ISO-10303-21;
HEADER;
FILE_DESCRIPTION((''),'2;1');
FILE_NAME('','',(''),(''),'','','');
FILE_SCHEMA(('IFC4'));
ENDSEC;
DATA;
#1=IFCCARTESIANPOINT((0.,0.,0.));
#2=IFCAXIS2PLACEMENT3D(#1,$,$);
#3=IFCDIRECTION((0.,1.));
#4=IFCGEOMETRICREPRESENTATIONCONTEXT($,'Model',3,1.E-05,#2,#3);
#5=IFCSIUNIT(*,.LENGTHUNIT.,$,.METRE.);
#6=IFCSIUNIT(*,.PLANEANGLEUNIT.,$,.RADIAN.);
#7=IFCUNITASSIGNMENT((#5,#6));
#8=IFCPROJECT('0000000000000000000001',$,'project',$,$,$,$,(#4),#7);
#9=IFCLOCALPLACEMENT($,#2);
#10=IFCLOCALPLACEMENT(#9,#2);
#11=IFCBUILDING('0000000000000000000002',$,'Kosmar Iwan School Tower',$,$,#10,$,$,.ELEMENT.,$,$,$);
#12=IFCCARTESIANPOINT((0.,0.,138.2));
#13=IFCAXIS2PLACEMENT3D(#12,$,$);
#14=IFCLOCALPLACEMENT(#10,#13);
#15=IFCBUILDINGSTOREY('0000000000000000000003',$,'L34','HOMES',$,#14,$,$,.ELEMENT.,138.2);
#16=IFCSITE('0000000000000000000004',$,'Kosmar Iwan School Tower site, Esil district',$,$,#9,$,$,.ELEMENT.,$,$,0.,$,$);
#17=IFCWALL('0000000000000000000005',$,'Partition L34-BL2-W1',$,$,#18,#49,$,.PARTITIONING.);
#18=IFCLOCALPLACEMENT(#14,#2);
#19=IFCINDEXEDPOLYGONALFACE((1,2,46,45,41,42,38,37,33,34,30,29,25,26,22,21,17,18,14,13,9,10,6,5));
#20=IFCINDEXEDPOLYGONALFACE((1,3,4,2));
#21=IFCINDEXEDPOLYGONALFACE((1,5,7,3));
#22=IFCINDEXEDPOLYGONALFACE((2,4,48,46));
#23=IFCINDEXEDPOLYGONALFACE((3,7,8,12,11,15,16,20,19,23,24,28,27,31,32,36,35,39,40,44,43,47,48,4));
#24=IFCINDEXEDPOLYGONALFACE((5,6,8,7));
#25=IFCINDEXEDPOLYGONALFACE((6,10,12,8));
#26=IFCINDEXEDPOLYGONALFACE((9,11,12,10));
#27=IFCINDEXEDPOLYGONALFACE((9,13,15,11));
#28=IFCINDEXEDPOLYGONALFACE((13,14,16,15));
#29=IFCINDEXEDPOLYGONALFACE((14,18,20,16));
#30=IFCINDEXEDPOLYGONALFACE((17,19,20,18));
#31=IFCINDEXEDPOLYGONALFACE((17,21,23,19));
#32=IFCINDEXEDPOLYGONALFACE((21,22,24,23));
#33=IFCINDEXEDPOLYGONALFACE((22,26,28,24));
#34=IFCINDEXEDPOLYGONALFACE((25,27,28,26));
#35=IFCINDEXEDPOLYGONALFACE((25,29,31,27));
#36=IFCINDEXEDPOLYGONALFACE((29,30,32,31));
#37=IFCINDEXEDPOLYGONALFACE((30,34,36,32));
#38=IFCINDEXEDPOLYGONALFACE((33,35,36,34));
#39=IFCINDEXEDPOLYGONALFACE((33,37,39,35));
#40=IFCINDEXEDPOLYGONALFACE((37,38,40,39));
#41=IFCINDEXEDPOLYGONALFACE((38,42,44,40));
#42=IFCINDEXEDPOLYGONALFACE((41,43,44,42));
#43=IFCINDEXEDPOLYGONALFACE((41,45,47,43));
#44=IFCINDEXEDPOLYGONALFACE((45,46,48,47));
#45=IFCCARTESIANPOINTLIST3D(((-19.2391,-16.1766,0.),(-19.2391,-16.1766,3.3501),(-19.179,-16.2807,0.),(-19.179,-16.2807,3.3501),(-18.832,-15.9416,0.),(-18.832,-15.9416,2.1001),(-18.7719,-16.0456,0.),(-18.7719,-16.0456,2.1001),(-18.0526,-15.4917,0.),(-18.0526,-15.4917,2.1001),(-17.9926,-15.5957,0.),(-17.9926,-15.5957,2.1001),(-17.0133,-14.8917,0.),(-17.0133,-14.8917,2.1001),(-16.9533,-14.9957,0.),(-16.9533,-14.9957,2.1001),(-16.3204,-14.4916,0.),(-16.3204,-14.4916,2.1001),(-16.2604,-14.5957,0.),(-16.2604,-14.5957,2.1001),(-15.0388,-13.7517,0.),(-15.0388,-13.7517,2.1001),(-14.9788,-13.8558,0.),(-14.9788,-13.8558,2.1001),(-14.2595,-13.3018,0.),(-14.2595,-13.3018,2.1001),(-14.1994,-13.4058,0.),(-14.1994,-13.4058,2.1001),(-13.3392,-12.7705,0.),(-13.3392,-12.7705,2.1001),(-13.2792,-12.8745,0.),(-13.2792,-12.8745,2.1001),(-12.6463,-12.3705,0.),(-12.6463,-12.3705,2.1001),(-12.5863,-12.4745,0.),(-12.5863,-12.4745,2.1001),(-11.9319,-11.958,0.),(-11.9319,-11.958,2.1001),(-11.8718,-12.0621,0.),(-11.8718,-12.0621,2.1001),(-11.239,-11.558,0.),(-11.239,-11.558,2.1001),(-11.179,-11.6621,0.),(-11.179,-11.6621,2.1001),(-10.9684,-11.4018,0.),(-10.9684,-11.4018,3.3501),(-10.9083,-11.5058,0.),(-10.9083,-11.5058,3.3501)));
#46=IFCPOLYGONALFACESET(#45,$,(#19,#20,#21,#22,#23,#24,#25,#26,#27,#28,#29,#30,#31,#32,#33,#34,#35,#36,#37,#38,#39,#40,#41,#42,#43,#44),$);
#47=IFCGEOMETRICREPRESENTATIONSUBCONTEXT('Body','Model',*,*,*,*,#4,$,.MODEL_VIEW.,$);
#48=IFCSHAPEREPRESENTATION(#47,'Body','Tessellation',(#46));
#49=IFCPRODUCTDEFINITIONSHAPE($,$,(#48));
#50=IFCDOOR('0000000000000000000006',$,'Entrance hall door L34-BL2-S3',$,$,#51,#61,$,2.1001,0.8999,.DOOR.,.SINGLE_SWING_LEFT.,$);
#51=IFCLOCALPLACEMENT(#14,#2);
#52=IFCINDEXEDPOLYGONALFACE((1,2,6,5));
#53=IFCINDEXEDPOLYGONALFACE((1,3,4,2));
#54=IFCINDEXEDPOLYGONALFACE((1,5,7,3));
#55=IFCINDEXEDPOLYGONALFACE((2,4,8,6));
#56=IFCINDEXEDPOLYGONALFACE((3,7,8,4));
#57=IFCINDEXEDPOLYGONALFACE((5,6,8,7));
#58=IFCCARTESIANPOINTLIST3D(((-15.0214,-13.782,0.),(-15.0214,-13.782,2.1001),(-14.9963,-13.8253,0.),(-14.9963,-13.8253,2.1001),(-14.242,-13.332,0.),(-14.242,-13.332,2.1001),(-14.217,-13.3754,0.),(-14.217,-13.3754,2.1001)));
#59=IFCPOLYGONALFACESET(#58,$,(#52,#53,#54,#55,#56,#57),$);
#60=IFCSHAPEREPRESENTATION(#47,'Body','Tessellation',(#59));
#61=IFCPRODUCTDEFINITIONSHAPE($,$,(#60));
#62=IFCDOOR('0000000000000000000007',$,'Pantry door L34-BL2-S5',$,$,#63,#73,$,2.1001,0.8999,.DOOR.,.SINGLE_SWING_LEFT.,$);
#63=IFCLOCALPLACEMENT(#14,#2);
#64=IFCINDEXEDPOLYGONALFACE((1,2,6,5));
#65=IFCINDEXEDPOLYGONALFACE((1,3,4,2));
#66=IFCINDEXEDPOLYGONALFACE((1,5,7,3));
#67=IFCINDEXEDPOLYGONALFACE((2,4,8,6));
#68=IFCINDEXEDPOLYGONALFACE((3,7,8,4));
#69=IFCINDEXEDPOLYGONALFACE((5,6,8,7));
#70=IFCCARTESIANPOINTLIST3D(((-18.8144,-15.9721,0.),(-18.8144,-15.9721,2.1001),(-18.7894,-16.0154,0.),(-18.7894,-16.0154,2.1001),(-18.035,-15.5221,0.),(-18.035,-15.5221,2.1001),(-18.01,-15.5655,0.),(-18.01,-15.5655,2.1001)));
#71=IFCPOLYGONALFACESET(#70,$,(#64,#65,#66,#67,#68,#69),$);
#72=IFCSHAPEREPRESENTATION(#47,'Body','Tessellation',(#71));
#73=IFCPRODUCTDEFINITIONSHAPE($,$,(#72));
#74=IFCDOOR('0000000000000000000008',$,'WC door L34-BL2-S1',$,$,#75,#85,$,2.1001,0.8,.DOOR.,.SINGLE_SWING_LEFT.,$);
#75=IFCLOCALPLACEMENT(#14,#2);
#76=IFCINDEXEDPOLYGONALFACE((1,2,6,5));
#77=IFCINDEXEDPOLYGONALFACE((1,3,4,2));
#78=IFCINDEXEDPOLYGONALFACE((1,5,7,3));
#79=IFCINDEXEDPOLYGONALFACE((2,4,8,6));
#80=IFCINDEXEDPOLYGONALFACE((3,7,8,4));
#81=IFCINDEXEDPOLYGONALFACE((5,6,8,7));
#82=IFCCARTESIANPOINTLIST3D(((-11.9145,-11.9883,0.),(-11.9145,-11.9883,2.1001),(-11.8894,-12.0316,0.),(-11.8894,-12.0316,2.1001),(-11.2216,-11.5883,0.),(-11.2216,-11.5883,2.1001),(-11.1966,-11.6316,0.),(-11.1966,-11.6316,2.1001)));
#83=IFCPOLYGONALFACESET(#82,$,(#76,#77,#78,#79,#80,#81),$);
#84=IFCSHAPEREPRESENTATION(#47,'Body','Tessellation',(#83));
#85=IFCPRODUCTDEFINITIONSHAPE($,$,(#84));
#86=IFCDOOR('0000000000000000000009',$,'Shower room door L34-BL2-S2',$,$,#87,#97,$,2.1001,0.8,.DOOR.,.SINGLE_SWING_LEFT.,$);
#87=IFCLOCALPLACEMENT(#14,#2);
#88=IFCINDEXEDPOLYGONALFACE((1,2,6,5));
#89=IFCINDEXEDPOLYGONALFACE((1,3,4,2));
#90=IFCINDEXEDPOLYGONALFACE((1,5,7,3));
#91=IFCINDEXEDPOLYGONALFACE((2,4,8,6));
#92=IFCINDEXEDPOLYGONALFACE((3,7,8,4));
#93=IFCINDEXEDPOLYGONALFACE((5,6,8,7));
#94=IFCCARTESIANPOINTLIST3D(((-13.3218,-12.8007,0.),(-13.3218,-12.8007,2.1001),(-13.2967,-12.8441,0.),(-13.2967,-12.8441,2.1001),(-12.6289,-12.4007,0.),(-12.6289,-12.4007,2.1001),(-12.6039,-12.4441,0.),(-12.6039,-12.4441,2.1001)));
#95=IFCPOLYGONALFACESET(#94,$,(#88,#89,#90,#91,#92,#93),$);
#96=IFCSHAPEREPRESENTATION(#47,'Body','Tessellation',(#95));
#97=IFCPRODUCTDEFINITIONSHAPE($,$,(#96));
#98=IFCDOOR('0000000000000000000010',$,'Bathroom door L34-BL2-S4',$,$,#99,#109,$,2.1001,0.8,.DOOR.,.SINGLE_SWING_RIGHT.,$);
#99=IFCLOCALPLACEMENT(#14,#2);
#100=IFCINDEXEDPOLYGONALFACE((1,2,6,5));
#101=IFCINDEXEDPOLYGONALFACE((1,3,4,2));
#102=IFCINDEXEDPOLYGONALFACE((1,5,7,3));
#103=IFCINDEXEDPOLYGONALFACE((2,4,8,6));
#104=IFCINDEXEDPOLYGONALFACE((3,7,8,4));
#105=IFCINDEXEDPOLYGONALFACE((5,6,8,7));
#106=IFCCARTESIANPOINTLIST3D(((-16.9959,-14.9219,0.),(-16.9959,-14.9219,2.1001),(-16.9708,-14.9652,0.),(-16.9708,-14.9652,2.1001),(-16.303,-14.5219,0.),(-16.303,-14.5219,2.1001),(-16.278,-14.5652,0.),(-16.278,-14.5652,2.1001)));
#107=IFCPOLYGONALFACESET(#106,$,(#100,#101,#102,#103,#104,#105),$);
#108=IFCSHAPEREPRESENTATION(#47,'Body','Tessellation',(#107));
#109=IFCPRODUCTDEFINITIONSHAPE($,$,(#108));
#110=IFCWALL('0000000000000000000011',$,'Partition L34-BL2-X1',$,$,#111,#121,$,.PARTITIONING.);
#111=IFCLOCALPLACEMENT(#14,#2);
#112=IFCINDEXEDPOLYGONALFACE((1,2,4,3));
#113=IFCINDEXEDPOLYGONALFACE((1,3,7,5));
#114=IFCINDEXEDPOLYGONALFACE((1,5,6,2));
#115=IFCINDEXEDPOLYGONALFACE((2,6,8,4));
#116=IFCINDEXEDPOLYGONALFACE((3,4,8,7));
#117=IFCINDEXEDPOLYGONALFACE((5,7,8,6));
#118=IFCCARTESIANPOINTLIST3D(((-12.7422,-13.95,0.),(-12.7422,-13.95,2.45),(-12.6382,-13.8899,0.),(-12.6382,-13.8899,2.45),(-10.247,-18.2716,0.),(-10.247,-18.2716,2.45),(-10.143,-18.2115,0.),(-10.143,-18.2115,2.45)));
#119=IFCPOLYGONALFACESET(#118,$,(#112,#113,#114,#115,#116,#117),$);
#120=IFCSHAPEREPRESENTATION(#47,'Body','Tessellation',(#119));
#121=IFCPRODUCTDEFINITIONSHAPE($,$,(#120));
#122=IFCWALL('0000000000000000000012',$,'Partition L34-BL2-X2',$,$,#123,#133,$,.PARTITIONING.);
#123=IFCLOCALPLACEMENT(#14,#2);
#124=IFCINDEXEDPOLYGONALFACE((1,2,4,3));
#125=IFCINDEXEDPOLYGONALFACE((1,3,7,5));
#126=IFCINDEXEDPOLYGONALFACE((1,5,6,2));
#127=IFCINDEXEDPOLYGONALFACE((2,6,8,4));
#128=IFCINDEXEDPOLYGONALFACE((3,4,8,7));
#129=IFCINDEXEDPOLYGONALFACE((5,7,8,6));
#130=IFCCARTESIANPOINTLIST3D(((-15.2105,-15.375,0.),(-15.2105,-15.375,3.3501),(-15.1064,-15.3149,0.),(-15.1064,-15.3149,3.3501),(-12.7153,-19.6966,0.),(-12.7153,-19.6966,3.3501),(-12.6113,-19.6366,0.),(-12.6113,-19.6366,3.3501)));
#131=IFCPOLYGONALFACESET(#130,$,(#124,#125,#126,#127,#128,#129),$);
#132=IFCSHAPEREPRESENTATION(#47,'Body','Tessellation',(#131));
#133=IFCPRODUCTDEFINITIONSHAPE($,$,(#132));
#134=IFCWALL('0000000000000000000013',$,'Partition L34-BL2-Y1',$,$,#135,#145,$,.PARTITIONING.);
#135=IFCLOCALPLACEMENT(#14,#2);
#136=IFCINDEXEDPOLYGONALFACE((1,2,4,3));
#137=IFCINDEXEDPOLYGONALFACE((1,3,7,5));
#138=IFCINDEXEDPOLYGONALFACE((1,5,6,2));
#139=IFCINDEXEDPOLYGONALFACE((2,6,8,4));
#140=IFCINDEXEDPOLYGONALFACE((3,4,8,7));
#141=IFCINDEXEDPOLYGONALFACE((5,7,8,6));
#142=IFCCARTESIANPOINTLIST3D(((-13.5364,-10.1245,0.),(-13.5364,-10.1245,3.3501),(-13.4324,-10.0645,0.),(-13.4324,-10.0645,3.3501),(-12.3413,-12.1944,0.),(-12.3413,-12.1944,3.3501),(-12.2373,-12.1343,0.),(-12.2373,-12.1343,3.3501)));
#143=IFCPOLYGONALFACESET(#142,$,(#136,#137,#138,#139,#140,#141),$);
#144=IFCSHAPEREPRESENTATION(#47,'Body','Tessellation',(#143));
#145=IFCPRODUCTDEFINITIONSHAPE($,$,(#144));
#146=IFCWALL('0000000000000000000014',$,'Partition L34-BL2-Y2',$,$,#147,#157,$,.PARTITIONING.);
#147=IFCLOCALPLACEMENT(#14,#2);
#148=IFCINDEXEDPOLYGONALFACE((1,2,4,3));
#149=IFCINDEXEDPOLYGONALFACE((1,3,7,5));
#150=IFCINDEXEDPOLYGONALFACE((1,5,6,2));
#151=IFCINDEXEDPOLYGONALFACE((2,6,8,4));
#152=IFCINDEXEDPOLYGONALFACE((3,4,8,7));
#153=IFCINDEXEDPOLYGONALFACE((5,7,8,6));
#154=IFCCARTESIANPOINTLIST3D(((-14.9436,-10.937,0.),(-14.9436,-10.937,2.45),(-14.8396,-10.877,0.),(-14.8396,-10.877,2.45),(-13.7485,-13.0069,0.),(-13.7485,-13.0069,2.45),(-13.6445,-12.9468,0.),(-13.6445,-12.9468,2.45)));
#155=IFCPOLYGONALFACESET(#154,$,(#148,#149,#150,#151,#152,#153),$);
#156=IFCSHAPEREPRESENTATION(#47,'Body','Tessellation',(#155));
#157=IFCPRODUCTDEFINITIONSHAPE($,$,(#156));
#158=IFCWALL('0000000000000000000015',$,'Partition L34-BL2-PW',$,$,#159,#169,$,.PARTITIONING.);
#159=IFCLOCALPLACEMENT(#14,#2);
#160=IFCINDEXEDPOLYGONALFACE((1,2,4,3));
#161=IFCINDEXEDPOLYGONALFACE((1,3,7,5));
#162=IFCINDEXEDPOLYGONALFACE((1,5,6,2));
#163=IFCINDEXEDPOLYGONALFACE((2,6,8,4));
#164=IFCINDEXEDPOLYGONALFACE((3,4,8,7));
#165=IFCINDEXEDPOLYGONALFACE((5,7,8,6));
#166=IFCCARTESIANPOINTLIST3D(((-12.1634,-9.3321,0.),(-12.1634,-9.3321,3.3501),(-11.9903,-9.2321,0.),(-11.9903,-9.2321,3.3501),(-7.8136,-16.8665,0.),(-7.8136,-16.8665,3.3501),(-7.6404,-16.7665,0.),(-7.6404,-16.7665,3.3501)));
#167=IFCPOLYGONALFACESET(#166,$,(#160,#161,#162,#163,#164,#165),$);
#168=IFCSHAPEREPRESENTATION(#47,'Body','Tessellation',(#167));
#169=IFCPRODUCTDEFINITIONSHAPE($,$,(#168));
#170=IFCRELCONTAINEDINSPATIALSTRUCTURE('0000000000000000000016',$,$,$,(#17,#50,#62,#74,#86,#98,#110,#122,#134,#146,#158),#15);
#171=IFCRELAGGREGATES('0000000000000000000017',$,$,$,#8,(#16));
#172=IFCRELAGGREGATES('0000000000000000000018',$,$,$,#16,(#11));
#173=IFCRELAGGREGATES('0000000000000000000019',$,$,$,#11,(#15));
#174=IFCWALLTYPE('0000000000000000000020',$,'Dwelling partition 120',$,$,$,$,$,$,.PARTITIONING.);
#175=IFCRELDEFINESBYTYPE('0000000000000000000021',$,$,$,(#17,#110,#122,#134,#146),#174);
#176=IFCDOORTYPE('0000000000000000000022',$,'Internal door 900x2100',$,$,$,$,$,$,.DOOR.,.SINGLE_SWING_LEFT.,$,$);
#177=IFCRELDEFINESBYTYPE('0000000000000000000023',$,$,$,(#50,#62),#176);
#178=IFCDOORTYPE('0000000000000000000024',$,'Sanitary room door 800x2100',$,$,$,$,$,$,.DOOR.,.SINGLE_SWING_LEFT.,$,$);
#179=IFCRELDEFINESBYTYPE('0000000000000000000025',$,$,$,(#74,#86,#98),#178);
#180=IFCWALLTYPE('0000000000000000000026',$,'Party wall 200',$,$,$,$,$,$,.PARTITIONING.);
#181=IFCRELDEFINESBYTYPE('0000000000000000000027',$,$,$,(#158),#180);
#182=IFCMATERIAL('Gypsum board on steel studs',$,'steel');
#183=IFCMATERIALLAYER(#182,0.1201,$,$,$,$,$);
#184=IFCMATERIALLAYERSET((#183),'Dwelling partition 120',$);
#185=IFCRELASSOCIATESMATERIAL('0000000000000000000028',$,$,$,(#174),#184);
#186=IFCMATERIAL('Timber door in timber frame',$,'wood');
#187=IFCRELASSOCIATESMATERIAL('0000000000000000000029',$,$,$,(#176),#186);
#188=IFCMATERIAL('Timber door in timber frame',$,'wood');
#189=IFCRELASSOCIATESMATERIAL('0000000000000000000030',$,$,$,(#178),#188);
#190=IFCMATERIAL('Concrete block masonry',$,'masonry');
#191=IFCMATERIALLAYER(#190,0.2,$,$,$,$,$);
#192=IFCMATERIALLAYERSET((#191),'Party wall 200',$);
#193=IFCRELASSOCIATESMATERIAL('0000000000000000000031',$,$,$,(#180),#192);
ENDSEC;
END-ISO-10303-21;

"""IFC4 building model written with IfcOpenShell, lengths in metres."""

from ifc_helpers import new_model, si_unit, direction, frame, frame_2d, origin, place, context, subcontext, project, spatial, rectangle, extrude, material, layer, layer_set, type_object, element, fill, save


model = new_model("IFC4")

# Units and contexts
model_context = context("Model", 3, precision=1e-05, world=origin(), true_north=direction((0.0, 1.0)))
body_context = subcontext(model_context, "Body", "Model", "MODEL_VIEW")
ifc_project = project(units=[si_unit("LENGTHUNIT", "METRE"), si_unit("PLANEANGLEUNIT", "RADIAN")], contexts=[model_context])

# Site, building, storey
site_placement = place(None, origin())
site = spatial("IfcSite", under=ifc_project, at=site_placement, Name="Kosmar Iwan School Tower site, Esil district", CompositionType="ELEMENT", RefElevation=0.0)
building_placement = place(site_placement, origin())
building = spatial("IfcBuilding", under=site, at=building_placement, Name="Kosmar Iwan School Tower", CompositionType="ELEMENT")
storey_placement = place(building_placement, frame((0.0, 0.0, 138.2)))
storey = spatial("IfcBuildingStorey", under=building, at=storey_placement, Name="L34", Description="HOMES", CompositionType="ELEMENT", Elevation=138.2)

# Wall, openings, doors
ifc_material_1 = material(Name="Gypsum board on steel studs", Category="steel")
ifc_layer_1 = layer(ifc_material_1, 0.1201)
ifc_layer_set_1 = layer_set([ifc_layer_1], Name="Dwelling partition 120")
wall_type_1 = type_object("IfcWallType", Name="Dwelling partition 120", PredefinedType="PARTITIONING", material=ifc_layer_set_1)
wall_1_placement = place(storey_placement, frame((-10.9385, -11.4539, 0.0), z_axis=(0.0, 0.0, 1.0), x_axis=(-0.866035, -0.499983, 0.0)))
wall_1 = element("IfcWall", 1, at=wall_1_placement, inside=storey, type_object=wall_type_1, Name="Partition L34-BL2-W1", PredefinedType="PARTITIONING", context=body_context, shape_type="SweptSolid", body=[
    extrude(rectangle(XDim=9.55, YDim=0.1201, at=frame_2d((4.7749, 0.0))), origin(), (0.0, 0.0, 1.0), 3.3501),
])
opening_1_placement = place(wall_1_placement, frame((0.3125, 0.0, 0.0)))
opening_1 = element("IfcOpeningElement", 2, at=opening_1_placement, cuts=wall_1, PredefinedType="OPENING", context=body_context, shape_type="SweptSolid", body=[
    extrude(rectangle(XDim=0.8, YDim=2.1001, at=frame_2d((0.3999, 1.05))), frame((0.0, 0.072, 0.0), z_axis=(0.0, -1.0, 0.0), x_axis=(1.0, 0.0, 0.0)), (0.0, 0.0, 1.0), 0.144),
])
opening_2_placement = place(wall_1_placement, frame((1.9375, 0.0, 0.0)))
opening_2 = element("IfcOpeningElement", 3, at=opening_2_placement, cuts=wall_1, PredefinedType="OPENING", context=body_context, shape_type="SweptSolid", body=[
    extrude(rectangle(XDim=0.8, YDim=2.1001, at=frame_2d((0.3999, 1.05))), frame((0.0, 0.072, 0.0), z_axis=(0.0, -1.0, 0.0), x_axis=(1.0, 0.0, 0.0)), (0.0, 0.0, 1.0), 0.144),
])
opening_3_placement = place(wall_1_placement, frame((3.8, 0.0, 0.0)))
opening_3 = element("IfcOpeningElement", 4, at=opening_3_placement, cuts=wall_1, PredefinedType="OPENING", context=body_context, shape_type="SweptSolid", body=[
    extrude(rectangle(XDim=0.8999, YDim=2.1001, at=frame_2d((0.45, 1.05))), frame((0.0, 0.072, 0.0), z_axis=(0.0, -1.0, 0.0), x_axis=(1.0, 0.0, 0.0)), (0.0, 0.0, 1.0), 0.144),
])
opening_4_placement = place(wall_1_placement, frame((6.1799, 0.0, 0.0)))
opening_4 = element("IfcOpeningElement", 5, at=opening_4_placement, cuts=wall_1, PredefinedType="OPENING", context=body_context, shape_type="SweptSolid", body=[
    extrude(rectangle(XDim=0.8, YDim=2.1001, at=frame_2d((0.3999, 1.05))), frame((0.0, 0.072, 0.0), z_axis=(0.0, -1.0, 0.0), x_axis=(1.0, 0.0, 0.0)), (0.0, 0.0, 1.0), 0.144),
])
opening_5_placement = place(wall_1_placement, frame((8.1799, 0.0, 0.0)))
opening_5 = element("IfcOpeningElement", 6, at=opening_5_placement, cuts=wall_1, PredefinedType="OPENING", context=body_context, shape_type="SweptSolid", body=[
    extrude(rectangle(XDim=0.8999, YDim=2.1001, at=frame_2d((0.45, 1.05))), frame((0.0, 0.072, 0.0), z_axis=(0.0, -1.0, 0.0), x_axis=(1.0, 0.0, 0.0)), (0.0, 0.0, 1.0), 0.144),
])
ifc_material_2 = material(Name="Timber door in timber frame", Category="wood")
door_type_1 = type_object("IfcDoorType", Name="Internal door 900x2100", OperationType="SINGLE_SWING_LEFT", PredefinedType="DOOR", material=ifc_material_2)
door_1_placement = place(opening_3_placement, origin())
door_1 = element("IfcDoor", 7, at=door_1_placement, inside=storey, type_object=door_type_1, Name="Entrance hall door L34-BL2-S3", OperationType="SINGLE_SWING_LEFT", OverallHeight=2.1001, OverallWidth=0.8999, PredefinedType="DOOR", context=body_context, shape_type="SweptSolid", body=[
    extrude(rectangle(XDim=0.8999, YDim=2.1001, at=frame_2d((0.45, 1.05))), frame((0.0, 0.0249, 0.0), z_axis=(0.0, -1.0, 0.0), x_axis=(1.0, 0.0, 0.0)), (0.0, 0.0, 1.0), 0.05),
])
fill(opening_3, door_1)
door_2_placement = place(opening_5_placement, frame((0.8999, 0.0, 0.0), z_axis=(0.0, 0.0, 1.0), x_axis=(-1.0, 0.0, 0.0)))
door_2 = element("IfcDoor", 8, at=door_2_placement, inside=storey, type_object=door_type_1, Name="Pantry door L34-BL2-S5", OperationType="SINGLE_SWING_LEFT", OverallHeight=2.1001, OverallWidth=0.8999, PredefinedType="DOOR", context=body_context, shape_type="SweptSolid", body=[
    extrude(rectangle(XDim=0.8999, YDim=2.1001, at=frame_2d((0.45, 1.05))), frame((0.0, 0.0249, 0.0), z_axis=(0.0, -1.0, 0.0), x_axis=(1.0, 0.0, 0.0)), (0.0, 0.0, 1.0), 0.05),
])
fill(opening_5, door_2)
ifc_material_3 = material(Name="Timber door in timber frame", Category="wood")
door_type_2 = type_object("IfcDoorType", Name="Sanitary room door 800x2100", OperationType="SINGLE_SWING_LEFT", PredefinedType="DOOR", material=ifc_material_3)
door_3_placement = place(opening_1_placement, origin())
door_3 = element("IfcDoor", 9, at=door_3_placement, inside=storey, type_object=door_type_2, Name="WC door L34-BL2-S1", OperationType="SINGLE_SWING_LEFT", OverallHeight=2.1001, OverallWidth=0.8, PredefinedType="DOOR", context=body_context, shape_type="SweptSolid", body=[
    extrude(rectangle(XDim=0.8, YDim=2.1001, at=frame_2d((0.3999, 1.05))), frame((0.0, 0.0249, 0.0), z_axis=(0.0, -1.0, 0.0), x_axis=(1.0, 0.0, 0.0)), (0.0, 0.0, 1.0), 0.05),
])
fill(opening_1, door_3)
door_4_placement = place(opening_2_placement, origin())
door_4 = element("IfcDoor", 10, at=door_4_placement, inside=storey, type_object=door_type_2, Name="Shower room door L34-BL2-S2", OperationType="SINGLE_SWING_LEFT", OverallHeight=2.1001, OverallWidth=0.8, PredefinedType="DOOR", context=body_context, shape_type="SweptSolid", body=[
    extrude(rectangle(XDim=0.8, YDim=2.1001, at=frame_2d((0.3999, 1.05))), frame((0.0, 0.0249, 0.0), z_axis=(0.0, -1.0, 0.0), x_axis=(1.0, 0.0, 0.0)), (0.0, 0.0, 1.0), 0.05),
])
fill(opening_2, door_4)
door_5_placement = place(opening_4_placement, origin())
door_5 = element("IfcDoor", 11, at=door_5_placement, inside=storey, type_object=door_type_2, Name="Bathroom door L34-BL2-S4", OperationType="SINGLE_SWING_RIGHT", OverallHeight=2.1001, OverallWidth=0.8, PredefinedType="DOOR", context=body_context, shape_type="SweptSolid", body=[
    extrude(rectangle(XDim=0.8, YDim=2.1001, at=frame_2d((0.3999, 1.05))), frame((0.0, 0.0249, 0.0), z_axis=(0.0, -1.0, 0.0), x_axis=(1.0, 0.0, 0.0)), (0.0, 0.0, 1.0), 0.05),
])
fill(opening_4, door_5)

# Walls
wall_2_placement = place(storey_placement, frame((-12.6902, -13.9199, 0.0), z_axis=(0.0, 0.0, 1.0), x_axis=(0.500012, -0.866019, 0.0)))
element("IfcWall", 12, at=wall_2_placement, inside=storey, type_object=wall_type_1, Name="Partition L34-BL2-X1", PredefinedType="PARTITIONING", context=body_context, shape_type="SweptSolid", body=[
    extrude(rectangle(XDim=4.9902, YDim=0.1201, at=frame_2d((2.4951, 0.0))), origin(), (0.0, 0.0, 1.0), 2.45),
])
wall_3_placement = place(storey_placement, frame((-15.1584, -15.345, 0.0), z_axis=(0.0, 0.0, 1.0), x_axis=(0.500012, -0.866019, 0.0)))
element("IfcWall", 13, at=wall_3_placement, inside=storey, type_object=wall_type_1, Name="Partition L34-BL2-X2", PredefinedType="PARTITIONING", context=body_context, shape_type="SweptSolid", body=[
    extrude(rectangle(XDim=4.9902, YDim=0.1201, at=frame_2d((2.4951, 0.0))), origin(), (0.0, 0.0, 1.0), 3.3501),
])
wall_4_placement = place(storey_placement, frame((-13.4844, -10.0945, 0.0), z_axis=(0.0, 0.0, 1.0), x_axis=(0.500017, -0.866015, 0.0)))
element("IfcWall", 14, at=wall_4_placement, inside=storey, type_object=wall_type_1, Name="Partition L34-BL2-Y1", PredefinedType="PARTITIONING", context=body_context, shape_type="SweptSolid", body=[
    extrude(rectangle(XDim=2.3901, YDim=0.1201, at=frame_2d((1.1951, 0.0))), origin(), (0.0, 0.0, 1.0), 3.3501),
])
wall_5_placement = place(storey_placement, frame((-14.8916, -10.907, 0.0), z_axis=(0.0, 0.0, 1.0), x_axis=(0.500017, -0.866015, 0.0)))
element("IfcWall", 15, at=wall_5_placement, inside=storey, type_object=wall_type_1, Name="Partition L34-BL2-Y2", PredefinedType="PARTITIONING", context=body_context, shape_type="SweptSolid", body=[
    extrude(rectangle(XDim=2.3901, YDim=0.1201, at=frame_2d((1.1951, 0.0))), origin(), (0.0, 0.0, 1.0), 2.45),
])
ifc_material_4 = material(Name="Concrete block masonry", Category="masonry")
ifc_layer_2 = layer(ifc_material_4, 0.2)
ifc_layer_set_2 = layer_set([ifc_layer_2], Name="Party wall 200")
wall_type_2 = type_object("IfcWallType", Name="Party wall 200", PredefinedType="PARTITIONING", material=ifc_layer_set_2)
wall_6_placement = place(storey_placement, frame((-12.0769, -9.282, 0.0), z_axis=(0.0, 0.0, 1.0), x_axis=(0.499987, -0.866033, 0.0)))
element("IfcWall", 16, at=wall_6_placement, inside=storey, type_object=wall_type_2, Name="Partition L34-BL2-PW", PredefinedType="PARTITIONING", context=body_context, shape_type="SweptSolid", body=[
    extrude(rectangle(XDim=8.7, YDim=0.2, at=frame_2d((4.3501, 0.0))), origin(), (0.0, 0.0, 1.0), 3.3501),
])

save(model, "model.ifc")
